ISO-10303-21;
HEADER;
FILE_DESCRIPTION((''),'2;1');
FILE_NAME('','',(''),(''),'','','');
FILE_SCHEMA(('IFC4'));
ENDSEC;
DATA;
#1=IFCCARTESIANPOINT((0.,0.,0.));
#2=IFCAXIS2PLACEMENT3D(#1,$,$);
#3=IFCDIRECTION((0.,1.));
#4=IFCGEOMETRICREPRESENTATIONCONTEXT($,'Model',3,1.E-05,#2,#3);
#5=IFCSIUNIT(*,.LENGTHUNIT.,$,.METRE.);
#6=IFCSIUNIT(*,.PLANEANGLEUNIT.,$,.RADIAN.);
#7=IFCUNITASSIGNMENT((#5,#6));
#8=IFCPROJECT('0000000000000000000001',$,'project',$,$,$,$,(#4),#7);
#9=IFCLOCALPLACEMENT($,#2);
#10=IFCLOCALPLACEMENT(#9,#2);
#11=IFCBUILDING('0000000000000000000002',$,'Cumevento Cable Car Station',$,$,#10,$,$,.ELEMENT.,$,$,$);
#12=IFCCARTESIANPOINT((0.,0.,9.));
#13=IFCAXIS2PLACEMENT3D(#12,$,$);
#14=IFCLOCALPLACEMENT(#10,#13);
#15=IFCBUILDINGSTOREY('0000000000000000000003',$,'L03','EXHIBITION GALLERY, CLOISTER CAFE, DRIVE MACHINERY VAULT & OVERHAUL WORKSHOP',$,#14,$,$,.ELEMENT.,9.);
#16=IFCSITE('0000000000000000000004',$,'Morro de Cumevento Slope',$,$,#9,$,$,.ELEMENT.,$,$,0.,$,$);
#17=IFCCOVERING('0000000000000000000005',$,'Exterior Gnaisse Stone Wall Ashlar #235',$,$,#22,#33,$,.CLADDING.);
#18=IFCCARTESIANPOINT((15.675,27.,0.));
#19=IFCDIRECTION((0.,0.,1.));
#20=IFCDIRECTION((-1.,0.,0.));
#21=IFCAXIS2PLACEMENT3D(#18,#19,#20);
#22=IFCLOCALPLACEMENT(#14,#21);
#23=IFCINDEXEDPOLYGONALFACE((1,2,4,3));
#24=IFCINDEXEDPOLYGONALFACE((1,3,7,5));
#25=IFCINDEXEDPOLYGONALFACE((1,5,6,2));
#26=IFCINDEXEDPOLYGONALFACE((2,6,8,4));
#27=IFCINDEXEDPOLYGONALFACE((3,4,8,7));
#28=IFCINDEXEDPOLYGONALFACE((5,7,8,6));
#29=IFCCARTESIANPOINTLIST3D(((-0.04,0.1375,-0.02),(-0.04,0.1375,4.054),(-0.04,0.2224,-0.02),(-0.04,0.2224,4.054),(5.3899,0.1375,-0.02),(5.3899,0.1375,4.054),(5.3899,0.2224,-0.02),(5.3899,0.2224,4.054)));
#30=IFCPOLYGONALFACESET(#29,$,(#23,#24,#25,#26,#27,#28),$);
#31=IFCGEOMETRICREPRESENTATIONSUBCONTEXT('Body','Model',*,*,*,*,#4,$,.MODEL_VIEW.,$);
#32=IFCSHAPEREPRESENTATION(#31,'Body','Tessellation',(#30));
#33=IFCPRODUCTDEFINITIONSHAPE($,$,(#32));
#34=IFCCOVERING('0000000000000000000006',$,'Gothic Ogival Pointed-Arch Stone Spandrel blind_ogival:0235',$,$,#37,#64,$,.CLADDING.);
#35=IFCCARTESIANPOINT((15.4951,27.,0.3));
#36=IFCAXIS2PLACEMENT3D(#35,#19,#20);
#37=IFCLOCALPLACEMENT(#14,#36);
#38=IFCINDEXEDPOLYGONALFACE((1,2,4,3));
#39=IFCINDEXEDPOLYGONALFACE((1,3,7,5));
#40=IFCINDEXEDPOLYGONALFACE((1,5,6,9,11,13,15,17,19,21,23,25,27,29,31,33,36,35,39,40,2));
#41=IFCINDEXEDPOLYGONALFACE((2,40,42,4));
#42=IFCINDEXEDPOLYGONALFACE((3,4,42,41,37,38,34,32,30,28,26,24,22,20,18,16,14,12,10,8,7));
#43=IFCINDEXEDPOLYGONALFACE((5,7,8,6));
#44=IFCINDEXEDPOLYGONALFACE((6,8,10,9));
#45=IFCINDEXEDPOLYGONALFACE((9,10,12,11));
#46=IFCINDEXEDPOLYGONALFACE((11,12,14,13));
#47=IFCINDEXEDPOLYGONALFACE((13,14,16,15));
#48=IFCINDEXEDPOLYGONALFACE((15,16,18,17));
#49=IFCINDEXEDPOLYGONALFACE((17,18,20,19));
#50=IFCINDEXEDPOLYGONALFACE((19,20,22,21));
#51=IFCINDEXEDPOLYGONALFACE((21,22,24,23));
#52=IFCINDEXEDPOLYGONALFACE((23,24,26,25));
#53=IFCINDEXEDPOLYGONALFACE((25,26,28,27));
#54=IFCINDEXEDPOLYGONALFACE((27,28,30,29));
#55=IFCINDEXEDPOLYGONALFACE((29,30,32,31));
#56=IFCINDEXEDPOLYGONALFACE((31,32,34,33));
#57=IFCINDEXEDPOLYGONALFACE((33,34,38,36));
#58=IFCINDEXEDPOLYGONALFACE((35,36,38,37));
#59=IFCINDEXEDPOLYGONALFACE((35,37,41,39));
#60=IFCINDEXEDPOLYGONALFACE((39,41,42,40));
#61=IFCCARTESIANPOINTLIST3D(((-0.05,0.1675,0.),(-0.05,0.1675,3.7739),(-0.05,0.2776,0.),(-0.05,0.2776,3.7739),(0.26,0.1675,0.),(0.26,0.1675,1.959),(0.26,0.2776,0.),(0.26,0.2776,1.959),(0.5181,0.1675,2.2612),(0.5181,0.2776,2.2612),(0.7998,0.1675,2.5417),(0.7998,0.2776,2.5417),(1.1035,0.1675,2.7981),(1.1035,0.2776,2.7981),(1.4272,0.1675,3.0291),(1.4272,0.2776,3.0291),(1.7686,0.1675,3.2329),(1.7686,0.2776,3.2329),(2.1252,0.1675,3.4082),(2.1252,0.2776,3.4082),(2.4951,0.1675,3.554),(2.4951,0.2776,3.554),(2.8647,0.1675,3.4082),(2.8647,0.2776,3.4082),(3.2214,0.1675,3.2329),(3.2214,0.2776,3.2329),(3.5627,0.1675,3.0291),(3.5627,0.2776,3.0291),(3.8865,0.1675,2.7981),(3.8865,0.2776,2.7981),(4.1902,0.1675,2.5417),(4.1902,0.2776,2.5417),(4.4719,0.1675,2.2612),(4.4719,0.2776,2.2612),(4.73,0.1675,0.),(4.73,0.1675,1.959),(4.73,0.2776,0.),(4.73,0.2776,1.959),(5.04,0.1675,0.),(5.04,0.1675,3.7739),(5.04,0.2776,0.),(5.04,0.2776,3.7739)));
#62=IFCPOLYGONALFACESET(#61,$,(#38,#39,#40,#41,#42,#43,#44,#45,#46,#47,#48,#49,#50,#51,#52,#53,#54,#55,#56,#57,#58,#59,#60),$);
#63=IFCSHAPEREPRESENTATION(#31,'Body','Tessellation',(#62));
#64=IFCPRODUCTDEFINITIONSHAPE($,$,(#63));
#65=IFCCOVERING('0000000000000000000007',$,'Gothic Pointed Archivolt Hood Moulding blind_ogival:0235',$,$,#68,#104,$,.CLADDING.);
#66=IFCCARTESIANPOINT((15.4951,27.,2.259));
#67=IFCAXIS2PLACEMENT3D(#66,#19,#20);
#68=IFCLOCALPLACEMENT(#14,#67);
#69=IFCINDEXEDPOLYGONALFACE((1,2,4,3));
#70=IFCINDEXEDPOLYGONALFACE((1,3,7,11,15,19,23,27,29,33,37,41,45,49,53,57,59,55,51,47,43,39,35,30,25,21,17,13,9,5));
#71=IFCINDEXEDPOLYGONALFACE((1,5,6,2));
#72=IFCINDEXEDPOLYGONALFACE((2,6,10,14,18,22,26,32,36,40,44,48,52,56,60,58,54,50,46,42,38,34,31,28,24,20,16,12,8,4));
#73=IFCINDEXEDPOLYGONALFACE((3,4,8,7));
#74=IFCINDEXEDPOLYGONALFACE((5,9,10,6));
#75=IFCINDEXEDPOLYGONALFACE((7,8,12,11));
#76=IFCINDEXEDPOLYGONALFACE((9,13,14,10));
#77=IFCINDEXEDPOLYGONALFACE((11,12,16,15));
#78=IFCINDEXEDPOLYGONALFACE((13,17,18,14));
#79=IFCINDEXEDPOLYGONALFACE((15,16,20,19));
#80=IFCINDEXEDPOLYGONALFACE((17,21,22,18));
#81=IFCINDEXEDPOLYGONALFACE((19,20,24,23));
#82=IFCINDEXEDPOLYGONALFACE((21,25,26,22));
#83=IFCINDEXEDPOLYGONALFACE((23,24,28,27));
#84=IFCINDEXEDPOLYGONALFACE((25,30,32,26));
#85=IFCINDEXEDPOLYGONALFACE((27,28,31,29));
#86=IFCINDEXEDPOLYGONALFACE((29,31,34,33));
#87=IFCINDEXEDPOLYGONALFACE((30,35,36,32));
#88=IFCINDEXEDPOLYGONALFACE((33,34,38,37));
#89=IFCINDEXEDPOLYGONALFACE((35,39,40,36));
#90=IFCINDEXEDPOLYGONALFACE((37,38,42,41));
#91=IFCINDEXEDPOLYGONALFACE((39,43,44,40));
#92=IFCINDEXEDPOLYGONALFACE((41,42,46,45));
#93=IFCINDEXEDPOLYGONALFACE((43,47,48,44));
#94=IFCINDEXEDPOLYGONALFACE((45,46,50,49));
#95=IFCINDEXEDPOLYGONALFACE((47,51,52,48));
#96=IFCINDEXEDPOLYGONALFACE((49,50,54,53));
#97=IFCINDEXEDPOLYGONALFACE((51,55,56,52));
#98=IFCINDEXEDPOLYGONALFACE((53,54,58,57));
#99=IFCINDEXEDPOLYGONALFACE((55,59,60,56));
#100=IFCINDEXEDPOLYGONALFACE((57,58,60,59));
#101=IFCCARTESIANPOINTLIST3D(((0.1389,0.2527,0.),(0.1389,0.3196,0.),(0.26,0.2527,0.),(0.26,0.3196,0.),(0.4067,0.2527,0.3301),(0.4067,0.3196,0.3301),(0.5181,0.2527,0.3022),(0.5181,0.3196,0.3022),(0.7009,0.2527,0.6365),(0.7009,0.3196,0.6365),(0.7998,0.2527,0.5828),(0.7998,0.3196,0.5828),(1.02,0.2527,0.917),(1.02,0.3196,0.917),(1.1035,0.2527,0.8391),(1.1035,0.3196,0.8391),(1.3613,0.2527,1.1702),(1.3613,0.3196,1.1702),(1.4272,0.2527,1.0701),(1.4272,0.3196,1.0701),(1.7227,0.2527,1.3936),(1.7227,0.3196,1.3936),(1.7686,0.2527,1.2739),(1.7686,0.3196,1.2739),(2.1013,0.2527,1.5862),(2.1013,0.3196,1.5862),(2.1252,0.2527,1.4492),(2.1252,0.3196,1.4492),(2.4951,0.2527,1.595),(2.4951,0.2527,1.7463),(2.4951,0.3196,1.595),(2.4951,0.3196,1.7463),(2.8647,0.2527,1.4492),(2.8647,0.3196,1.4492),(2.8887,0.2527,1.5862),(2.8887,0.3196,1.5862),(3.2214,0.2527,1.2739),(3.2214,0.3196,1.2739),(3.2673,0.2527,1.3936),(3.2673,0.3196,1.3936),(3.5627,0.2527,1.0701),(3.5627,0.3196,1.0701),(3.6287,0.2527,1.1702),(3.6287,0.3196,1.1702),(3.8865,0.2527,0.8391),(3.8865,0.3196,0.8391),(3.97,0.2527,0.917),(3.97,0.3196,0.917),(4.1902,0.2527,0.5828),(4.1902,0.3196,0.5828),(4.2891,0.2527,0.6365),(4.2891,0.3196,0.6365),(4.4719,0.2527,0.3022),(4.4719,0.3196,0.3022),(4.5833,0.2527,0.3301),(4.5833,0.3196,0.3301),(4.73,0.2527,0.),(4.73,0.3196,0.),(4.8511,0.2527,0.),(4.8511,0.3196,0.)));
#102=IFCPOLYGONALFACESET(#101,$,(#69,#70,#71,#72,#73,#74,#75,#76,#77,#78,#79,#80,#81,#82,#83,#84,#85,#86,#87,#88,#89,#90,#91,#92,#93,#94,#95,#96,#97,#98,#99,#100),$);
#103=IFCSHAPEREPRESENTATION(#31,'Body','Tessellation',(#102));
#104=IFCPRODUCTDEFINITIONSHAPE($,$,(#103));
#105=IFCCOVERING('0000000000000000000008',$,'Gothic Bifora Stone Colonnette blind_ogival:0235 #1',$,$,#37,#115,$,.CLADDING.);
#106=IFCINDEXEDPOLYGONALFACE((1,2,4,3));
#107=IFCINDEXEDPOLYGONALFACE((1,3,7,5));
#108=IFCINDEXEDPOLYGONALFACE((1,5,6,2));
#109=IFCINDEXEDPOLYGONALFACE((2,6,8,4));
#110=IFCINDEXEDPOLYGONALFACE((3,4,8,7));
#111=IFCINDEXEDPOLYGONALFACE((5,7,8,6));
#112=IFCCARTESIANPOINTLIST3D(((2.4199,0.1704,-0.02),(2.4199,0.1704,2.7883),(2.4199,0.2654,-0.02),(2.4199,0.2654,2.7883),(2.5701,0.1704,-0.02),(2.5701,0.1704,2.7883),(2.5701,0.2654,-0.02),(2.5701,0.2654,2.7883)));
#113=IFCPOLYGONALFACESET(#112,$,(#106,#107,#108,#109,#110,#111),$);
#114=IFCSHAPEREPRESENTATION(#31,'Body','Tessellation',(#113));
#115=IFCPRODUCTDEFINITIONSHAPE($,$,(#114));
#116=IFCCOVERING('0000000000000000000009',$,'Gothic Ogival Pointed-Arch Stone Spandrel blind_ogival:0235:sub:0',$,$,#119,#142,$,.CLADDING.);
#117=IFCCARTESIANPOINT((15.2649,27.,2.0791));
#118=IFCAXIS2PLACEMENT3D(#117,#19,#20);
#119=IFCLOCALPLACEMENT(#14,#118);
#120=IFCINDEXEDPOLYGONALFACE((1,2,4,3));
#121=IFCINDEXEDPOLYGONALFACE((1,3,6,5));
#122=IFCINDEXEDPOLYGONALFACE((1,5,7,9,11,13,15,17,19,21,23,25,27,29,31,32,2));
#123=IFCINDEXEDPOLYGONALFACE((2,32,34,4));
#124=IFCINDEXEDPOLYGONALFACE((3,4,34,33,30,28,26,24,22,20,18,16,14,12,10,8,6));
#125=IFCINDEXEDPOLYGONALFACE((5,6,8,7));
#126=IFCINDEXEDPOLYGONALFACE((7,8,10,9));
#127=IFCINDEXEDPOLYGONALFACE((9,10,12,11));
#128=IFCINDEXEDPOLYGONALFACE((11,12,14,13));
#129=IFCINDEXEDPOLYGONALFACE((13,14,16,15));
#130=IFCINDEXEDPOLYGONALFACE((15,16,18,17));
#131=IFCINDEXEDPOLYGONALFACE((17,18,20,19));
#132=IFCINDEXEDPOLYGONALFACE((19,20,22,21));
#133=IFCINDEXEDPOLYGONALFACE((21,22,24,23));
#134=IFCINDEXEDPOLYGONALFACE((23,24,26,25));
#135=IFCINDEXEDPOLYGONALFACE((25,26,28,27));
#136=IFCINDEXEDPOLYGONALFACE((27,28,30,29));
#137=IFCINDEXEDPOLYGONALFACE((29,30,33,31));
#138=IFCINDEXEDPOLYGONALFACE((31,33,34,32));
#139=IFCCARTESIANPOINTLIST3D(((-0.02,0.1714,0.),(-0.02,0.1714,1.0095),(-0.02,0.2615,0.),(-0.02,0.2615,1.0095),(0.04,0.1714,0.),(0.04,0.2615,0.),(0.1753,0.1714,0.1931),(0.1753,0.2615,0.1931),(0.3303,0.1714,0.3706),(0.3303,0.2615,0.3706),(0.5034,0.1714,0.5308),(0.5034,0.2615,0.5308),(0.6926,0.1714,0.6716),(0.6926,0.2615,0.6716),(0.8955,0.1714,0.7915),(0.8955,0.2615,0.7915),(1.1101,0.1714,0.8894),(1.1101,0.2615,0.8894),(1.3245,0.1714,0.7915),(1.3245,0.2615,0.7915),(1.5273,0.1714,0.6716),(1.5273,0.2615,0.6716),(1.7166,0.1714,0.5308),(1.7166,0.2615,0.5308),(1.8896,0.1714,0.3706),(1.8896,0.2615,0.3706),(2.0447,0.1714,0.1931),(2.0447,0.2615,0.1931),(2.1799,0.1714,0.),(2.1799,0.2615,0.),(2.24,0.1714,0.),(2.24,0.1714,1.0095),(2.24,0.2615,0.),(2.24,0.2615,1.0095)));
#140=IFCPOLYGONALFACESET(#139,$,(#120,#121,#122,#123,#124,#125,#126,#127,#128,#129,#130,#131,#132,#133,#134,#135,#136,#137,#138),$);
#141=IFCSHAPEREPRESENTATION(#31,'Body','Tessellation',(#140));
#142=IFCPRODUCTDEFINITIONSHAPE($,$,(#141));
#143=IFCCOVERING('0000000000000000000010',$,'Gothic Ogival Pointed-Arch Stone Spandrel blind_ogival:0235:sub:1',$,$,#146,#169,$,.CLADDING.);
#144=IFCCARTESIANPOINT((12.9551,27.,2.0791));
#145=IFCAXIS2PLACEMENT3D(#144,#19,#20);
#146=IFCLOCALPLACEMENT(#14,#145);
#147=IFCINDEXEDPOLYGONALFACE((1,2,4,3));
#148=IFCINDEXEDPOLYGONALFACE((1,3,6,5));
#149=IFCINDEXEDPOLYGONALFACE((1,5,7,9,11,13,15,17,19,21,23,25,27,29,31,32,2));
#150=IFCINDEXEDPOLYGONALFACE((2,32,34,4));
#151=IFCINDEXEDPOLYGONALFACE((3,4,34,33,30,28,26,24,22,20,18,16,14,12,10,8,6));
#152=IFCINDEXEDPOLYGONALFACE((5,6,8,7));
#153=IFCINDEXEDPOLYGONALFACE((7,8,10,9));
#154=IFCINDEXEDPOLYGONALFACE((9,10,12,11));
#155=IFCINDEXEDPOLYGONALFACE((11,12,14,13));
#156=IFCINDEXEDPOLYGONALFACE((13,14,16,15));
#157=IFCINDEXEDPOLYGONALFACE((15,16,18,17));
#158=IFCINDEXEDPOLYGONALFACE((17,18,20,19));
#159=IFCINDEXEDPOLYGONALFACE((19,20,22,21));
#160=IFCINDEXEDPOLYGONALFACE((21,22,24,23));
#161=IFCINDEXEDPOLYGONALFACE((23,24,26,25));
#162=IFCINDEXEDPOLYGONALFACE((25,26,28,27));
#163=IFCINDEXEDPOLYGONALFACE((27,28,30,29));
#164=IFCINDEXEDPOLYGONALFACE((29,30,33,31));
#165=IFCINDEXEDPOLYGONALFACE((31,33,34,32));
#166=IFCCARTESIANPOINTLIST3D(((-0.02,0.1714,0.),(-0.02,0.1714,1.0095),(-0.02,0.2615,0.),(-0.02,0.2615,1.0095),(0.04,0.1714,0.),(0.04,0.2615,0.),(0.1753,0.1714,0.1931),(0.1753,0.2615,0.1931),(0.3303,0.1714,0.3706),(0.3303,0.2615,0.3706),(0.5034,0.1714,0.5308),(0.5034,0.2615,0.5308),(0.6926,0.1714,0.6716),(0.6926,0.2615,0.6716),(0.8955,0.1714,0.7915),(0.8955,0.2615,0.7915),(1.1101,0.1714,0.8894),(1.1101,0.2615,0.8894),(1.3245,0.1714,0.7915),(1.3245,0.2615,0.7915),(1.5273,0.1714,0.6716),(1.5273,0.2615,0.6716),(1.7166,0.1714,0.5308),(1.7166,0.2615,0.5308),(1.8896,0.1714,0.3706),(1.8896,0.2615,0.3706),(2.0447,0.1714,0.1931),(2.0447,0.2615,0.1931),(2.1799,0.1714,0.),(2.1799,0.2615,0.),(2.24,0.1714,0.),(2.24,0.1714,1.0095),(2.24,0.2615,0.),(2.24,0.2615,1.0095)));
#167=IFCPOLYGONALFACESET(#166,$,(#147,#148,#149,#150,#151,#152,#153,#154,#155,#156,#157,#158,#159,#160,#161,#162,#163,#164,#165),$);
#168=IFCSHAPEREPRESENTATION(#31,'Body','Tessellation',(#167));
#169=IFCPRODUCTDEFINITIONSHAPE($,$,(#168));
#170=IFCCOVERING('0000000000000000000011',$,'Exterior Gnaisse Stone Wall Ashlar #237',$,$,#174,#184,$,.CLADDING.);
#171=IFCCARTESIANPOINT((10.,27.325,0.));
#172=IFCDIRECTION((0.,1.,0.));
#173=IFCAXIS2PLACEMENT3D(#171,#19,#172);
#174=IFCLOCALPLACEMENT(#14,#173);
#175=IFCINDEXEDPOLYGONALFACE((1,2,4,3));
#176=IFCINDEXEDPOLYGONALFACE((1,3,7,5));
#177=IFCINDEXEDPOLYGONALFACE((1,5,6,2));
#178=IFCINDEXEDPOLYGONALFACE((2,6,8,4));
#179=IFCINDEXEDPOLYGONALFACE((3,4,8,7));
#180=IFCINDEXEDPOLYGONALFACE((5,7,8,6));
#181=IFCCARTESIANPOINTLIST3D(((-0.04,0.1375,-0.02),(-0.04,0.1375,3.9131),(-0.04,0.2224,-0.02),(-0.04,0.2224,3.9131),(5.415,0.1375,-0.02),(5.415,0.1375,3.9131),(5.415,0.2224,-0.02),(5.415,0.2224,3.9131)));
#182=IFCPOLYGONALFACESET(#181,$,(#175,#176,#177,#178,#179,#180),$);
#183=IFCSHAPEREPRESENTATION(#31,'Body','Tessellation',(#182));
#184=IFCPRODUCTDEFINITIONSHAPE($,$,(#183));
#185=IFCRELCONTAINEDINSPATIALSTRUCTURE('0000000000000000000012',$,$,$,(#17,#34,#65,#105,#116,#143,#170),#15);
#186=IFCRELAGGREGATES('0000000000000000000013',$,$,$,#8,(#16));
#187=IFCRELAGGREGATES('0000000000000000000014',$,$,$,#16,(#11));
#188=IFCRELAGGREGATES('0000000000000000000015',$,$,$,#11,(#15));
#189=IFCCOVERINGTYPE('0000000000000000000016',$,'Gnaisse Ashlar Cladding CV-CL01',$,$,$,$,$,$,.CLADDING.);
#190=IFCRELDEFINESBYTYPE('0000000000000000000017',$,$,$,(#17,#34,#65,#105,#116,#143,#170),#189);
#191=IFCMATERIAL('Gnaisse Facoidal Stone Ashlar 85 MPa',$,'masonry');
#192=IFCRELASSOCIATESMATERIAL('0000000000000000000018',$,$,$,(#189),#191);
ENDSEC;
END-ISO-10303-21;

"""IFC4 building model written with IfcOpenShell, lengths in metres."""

from ifc_helpers import new_model, si_unit, direction, frame, origin, place, context, subcontext, project, spatial, polyline, outline, extrude, material, type_object, element, save


model = new_model("IFC4")

# Units and contexts
model_context = context("Model", 3, precision=1e-05, world=origin(), true_north=direction((0.0, 1.0)))
body_context = subcontext(model_context, "Body", "Model", "MODEL_VIEW")
ifc_project = project(units=[si_unit("LENGTHUNIT", "METRE"), si_unit("PLANEANGLEUNIT", "RADIAN")], contexts=[model_context])

# Site, building, storey
site_placement = place(None, origin())
site = spatial("IfcSite", under=ifc_project, at=site_placement, Name="Morro de Cumevento Slope", CompositionType="ELEMENT", RefElevation=0.0)
building_placement = place(site_placement, origin())
building = spatial("IfcBuilding", under=site, at=building_placement, Name="Cumevento Cable Car Station", CompositionType="ELEMENT")
storey_placement = place(building_placement, frame((0.0, 0.0, 9.0)))
storey = spatial("IfcBuildingStorey", under=building, at=storey_placement, Name="L03", Description="EXHIBITION GALLERY, CLOISTER CAFE, DRIVE MACHINERY VAULT & OVERHAUL WORKSHOP", CompositionType="ELEMENT", Elevation=9.0)

# Coverings
ifc_material_1 = material(Name="Gnaisse Facoidal Stone Ashlar 85 MPa", Category="masonry")
covering_type = type_object("IfcCoveringType", Name="Gnaisse Ashlar Cladding CV-CL01", PredefinedType="CLADDING", material=ifc_material_1)
covering_1_placement = place(storey_placement, frame((15.675, 27.0, 0.0), z_axis=(0.0, 0.0, 1.0), x_axis=(-1.0, 0.0, 0.0)))
element("IfcCovering", 1, at=covering_1_placement, inside=storey, type_object=covering_type, Name="Exterior Gnaisse Stone Wall Ashlar #235", PredefinedType="CLADDING", context=body_context, shape_type="SweptSolid", body=[
    extrude(outline(polyline([(-0.04, -0.02), (5.3899, -0.02), (5.3899, 4.054), (-0.04, 4.054), (-0.04, -0.02)])), frame((0.0, 0.2224, 0.0), z_axis=(0.0, -1.0, 0.0), x_axis=(1.0, 0.0, 0.0)), (0.0, 0.0, 1.0), 0.085),
])
placement = place(storey_placement, frame((15.4951, 27.0, 0.3), z_axis=(0.0, 0.0, 1.0), x_axis=(-1.0, 0.0, 0.0)))
element("IfcCovering", 2, at=placement, inside=storey, type_object=covering_type, Name="Gothic Ogival Pointed-Arch Stone Spandrel blind_ogival:0235", PredefinedType="CLADDING", context=body_context, shape_type="SweptSolid", body=[
    extrude(outline(polyline([(-0.05, 0.0), (-0.05, 3.7739), (5.04, 3.7739), (5.04, 0.0), (4.73, 0.0), (4.73, 1.959), (4.4719, 2.2612), (4.1902, 2.5417), (3.8865, 2.7981), (3.5627, 3.0291), (3.2214, 3.2329), (2.8647, 3.4082), (2.4951, 3.554), (2.1252, 3.4082), (1.7686, 3.2329), (1.4272, 3.0291), (1.1035, 2.7981), (0.7998, 2.5417), (0.5181, 2.2612), (0.26, 1.959), (0.26, 0.0), (-0.05, 0.0)])), frame((0.0, 0.2776, 0.0), z_axis=(0.0, -1.0, 0.0), x_axis=(1.0, 0.0, 0.0)), (0.0, 0.0, 1.0), 0.1101),
])
covering_2_placement = place(storey_placement, frame((15.4951, 27.0, 2.259), z_axis=(0.0, 0.0, 1.0), x_axis=(-1.0, 0.0, 0.0)))
element("IfcCovering", 3, at=covering_2_placement, inside=storey, type_object=covering_type, Name="Gothic Pointed Archivolt Hood Moulding blind_ogival:0235", PredefinedType="CLADDING", context=body_context, shape_type="SweptSolid", body=[
    extrude(outline(polyline([(0.26, 0.0), (0.5181, 0.3022), (0.7998, 0.5828), (1.1035, 0.8391), (1.4272, 1.0701), (1.7686, 1.2739), (2.1252, 1.4492), (2.4951, 1.595), (2.8647, 1.4492), (3.2214, 1.2739), (3.5627, 1.0701), (3.8865, 0.8391), (4.1902, 0.5828), (4.4719, 0.3022), (4.73, 0.0), (4.8511, 0.0), (4.5833, 0.3301), (4.2891, 0.6365), (3.97, 0.917), (3.6287, 1.1702), (3.2673, 1.3936), (2.8887, 1.5862), (2.4951, 1.7463), (2.1013, 1.5862), (1.7227, 1.3936), (1.3613, 1.1702), (1.02, 0.917), (0.7009, 0.6365), (0.4067, 0.3301), (0.1389, 0.0), (0.26, 0.0)])), frame((0.0, 0.3196, 0.0), z_axis=(0.0, -1.0, 0.0), x_axis=(1.0, 0.0, 0.0)), (0.0, 0.0, 1.0), 0.0669),
])
element("IfcCovering", 4, at=placement, inside=storey, type_object=covering_type, Name="Gothic Bifora Stone Colonnette blind_ogival:0235 #1", PredefinedType="CLADDING", context=body_context, shape_type="SweptSolid", body=[
    extrude(outline(polyline([(2.4199, -0.02), (2.5701, -0.02), (2.5701, 2.7883), (2.4199, 2.7883), (2.4199, -0.02)])), frame((0.0, 0.2654, 0.0), z_axis=(0.0, -1.0, 0.0), x_axis=(1.0, 0.0, 0.0)), (0.0, 0.0, 1.0), 0.095),
])
for number, where, z_axis, x_axis, name in (
    (5, (15.2649, 27.0, 2.0791), (0.0, 0.0, 1.0), (-1.0, 0.0, 0.0), "Gothic Ogival Pointed-Arch Stone Spandrel blind_ogival:0235:sub:0"),
    (6, (12.9551, 27.0, 2.0791), (0.0, 0.0, 1.0), (-1.0, 0.0, 0.0), "Gothic Ogival Pointed-Arch Stone Spandrel blind_ogival:0235:sub:1"),
):
    element("IfcCovering", number, at=place(storey_placement, frame(where, z_axis=z_axis, x_axis=x_axis)), inside=storey, type_object=covering_type, Name=name, PredefinedType="CLADDING", context=body_context, shape_type="SweptSolid", body=[
        extrude(outline(polyline([(-0.02, 0.0), (-0.02, 1.0095), (2.24, 1.0095), (2.24, 0.0), (2.1799, 0.0), (2.0447, 0.1931), (1.8896, 0.3706), (1.7166, 0.5308), (1.5273, 0.6716), (1.3245, 0.7915), (1.1101, 0.8894), (0.8955, 0.7915), (0.6926, 0.6716), (0.5034, 0.5308), (0.3303, 0.3706), (0.1753, 0.1931), (0.04, 0.0), (-0.02, 0.0)])), frame((0.0, 0.2615, 0.0), z_axis=(0.0, -1.0, 0.0), x_axis=(1.0, 0.0, 0.0)), (0.0, 0.0, 1.0), 0.0901),
    ])
covering_3_placement = place(storey_placement, frame((10.0, 27.325, 0.0), z_axis=(0.0, 0.0, 1.0), x_axis=(0.0, 1.0, 0.0)))
element("IfcCovering", 7, at=covering_3_placement, inside=storey, type_object=covering_type, Name="Exterior Gnaisse Stone Wall Ashlar #237", PredefinedType="CLADDING", context=body_context, shape_type="SweptSolid", body=[
    extrude(outline(polyline([(-0.04, -0.02), (5.415, -0.02), (5.415, 3.9131), (-0.04, 3.9131), (-0.04, -0.02)])), frame((0.0, 0.2224, 0.0), z_axis=(0.0, -1.0, 0.0), x_axis=(1.0, 0.0, 0.0)), (0.0, 0.0, 1.0), 0.085),
])

save(model, "model.ifc")
